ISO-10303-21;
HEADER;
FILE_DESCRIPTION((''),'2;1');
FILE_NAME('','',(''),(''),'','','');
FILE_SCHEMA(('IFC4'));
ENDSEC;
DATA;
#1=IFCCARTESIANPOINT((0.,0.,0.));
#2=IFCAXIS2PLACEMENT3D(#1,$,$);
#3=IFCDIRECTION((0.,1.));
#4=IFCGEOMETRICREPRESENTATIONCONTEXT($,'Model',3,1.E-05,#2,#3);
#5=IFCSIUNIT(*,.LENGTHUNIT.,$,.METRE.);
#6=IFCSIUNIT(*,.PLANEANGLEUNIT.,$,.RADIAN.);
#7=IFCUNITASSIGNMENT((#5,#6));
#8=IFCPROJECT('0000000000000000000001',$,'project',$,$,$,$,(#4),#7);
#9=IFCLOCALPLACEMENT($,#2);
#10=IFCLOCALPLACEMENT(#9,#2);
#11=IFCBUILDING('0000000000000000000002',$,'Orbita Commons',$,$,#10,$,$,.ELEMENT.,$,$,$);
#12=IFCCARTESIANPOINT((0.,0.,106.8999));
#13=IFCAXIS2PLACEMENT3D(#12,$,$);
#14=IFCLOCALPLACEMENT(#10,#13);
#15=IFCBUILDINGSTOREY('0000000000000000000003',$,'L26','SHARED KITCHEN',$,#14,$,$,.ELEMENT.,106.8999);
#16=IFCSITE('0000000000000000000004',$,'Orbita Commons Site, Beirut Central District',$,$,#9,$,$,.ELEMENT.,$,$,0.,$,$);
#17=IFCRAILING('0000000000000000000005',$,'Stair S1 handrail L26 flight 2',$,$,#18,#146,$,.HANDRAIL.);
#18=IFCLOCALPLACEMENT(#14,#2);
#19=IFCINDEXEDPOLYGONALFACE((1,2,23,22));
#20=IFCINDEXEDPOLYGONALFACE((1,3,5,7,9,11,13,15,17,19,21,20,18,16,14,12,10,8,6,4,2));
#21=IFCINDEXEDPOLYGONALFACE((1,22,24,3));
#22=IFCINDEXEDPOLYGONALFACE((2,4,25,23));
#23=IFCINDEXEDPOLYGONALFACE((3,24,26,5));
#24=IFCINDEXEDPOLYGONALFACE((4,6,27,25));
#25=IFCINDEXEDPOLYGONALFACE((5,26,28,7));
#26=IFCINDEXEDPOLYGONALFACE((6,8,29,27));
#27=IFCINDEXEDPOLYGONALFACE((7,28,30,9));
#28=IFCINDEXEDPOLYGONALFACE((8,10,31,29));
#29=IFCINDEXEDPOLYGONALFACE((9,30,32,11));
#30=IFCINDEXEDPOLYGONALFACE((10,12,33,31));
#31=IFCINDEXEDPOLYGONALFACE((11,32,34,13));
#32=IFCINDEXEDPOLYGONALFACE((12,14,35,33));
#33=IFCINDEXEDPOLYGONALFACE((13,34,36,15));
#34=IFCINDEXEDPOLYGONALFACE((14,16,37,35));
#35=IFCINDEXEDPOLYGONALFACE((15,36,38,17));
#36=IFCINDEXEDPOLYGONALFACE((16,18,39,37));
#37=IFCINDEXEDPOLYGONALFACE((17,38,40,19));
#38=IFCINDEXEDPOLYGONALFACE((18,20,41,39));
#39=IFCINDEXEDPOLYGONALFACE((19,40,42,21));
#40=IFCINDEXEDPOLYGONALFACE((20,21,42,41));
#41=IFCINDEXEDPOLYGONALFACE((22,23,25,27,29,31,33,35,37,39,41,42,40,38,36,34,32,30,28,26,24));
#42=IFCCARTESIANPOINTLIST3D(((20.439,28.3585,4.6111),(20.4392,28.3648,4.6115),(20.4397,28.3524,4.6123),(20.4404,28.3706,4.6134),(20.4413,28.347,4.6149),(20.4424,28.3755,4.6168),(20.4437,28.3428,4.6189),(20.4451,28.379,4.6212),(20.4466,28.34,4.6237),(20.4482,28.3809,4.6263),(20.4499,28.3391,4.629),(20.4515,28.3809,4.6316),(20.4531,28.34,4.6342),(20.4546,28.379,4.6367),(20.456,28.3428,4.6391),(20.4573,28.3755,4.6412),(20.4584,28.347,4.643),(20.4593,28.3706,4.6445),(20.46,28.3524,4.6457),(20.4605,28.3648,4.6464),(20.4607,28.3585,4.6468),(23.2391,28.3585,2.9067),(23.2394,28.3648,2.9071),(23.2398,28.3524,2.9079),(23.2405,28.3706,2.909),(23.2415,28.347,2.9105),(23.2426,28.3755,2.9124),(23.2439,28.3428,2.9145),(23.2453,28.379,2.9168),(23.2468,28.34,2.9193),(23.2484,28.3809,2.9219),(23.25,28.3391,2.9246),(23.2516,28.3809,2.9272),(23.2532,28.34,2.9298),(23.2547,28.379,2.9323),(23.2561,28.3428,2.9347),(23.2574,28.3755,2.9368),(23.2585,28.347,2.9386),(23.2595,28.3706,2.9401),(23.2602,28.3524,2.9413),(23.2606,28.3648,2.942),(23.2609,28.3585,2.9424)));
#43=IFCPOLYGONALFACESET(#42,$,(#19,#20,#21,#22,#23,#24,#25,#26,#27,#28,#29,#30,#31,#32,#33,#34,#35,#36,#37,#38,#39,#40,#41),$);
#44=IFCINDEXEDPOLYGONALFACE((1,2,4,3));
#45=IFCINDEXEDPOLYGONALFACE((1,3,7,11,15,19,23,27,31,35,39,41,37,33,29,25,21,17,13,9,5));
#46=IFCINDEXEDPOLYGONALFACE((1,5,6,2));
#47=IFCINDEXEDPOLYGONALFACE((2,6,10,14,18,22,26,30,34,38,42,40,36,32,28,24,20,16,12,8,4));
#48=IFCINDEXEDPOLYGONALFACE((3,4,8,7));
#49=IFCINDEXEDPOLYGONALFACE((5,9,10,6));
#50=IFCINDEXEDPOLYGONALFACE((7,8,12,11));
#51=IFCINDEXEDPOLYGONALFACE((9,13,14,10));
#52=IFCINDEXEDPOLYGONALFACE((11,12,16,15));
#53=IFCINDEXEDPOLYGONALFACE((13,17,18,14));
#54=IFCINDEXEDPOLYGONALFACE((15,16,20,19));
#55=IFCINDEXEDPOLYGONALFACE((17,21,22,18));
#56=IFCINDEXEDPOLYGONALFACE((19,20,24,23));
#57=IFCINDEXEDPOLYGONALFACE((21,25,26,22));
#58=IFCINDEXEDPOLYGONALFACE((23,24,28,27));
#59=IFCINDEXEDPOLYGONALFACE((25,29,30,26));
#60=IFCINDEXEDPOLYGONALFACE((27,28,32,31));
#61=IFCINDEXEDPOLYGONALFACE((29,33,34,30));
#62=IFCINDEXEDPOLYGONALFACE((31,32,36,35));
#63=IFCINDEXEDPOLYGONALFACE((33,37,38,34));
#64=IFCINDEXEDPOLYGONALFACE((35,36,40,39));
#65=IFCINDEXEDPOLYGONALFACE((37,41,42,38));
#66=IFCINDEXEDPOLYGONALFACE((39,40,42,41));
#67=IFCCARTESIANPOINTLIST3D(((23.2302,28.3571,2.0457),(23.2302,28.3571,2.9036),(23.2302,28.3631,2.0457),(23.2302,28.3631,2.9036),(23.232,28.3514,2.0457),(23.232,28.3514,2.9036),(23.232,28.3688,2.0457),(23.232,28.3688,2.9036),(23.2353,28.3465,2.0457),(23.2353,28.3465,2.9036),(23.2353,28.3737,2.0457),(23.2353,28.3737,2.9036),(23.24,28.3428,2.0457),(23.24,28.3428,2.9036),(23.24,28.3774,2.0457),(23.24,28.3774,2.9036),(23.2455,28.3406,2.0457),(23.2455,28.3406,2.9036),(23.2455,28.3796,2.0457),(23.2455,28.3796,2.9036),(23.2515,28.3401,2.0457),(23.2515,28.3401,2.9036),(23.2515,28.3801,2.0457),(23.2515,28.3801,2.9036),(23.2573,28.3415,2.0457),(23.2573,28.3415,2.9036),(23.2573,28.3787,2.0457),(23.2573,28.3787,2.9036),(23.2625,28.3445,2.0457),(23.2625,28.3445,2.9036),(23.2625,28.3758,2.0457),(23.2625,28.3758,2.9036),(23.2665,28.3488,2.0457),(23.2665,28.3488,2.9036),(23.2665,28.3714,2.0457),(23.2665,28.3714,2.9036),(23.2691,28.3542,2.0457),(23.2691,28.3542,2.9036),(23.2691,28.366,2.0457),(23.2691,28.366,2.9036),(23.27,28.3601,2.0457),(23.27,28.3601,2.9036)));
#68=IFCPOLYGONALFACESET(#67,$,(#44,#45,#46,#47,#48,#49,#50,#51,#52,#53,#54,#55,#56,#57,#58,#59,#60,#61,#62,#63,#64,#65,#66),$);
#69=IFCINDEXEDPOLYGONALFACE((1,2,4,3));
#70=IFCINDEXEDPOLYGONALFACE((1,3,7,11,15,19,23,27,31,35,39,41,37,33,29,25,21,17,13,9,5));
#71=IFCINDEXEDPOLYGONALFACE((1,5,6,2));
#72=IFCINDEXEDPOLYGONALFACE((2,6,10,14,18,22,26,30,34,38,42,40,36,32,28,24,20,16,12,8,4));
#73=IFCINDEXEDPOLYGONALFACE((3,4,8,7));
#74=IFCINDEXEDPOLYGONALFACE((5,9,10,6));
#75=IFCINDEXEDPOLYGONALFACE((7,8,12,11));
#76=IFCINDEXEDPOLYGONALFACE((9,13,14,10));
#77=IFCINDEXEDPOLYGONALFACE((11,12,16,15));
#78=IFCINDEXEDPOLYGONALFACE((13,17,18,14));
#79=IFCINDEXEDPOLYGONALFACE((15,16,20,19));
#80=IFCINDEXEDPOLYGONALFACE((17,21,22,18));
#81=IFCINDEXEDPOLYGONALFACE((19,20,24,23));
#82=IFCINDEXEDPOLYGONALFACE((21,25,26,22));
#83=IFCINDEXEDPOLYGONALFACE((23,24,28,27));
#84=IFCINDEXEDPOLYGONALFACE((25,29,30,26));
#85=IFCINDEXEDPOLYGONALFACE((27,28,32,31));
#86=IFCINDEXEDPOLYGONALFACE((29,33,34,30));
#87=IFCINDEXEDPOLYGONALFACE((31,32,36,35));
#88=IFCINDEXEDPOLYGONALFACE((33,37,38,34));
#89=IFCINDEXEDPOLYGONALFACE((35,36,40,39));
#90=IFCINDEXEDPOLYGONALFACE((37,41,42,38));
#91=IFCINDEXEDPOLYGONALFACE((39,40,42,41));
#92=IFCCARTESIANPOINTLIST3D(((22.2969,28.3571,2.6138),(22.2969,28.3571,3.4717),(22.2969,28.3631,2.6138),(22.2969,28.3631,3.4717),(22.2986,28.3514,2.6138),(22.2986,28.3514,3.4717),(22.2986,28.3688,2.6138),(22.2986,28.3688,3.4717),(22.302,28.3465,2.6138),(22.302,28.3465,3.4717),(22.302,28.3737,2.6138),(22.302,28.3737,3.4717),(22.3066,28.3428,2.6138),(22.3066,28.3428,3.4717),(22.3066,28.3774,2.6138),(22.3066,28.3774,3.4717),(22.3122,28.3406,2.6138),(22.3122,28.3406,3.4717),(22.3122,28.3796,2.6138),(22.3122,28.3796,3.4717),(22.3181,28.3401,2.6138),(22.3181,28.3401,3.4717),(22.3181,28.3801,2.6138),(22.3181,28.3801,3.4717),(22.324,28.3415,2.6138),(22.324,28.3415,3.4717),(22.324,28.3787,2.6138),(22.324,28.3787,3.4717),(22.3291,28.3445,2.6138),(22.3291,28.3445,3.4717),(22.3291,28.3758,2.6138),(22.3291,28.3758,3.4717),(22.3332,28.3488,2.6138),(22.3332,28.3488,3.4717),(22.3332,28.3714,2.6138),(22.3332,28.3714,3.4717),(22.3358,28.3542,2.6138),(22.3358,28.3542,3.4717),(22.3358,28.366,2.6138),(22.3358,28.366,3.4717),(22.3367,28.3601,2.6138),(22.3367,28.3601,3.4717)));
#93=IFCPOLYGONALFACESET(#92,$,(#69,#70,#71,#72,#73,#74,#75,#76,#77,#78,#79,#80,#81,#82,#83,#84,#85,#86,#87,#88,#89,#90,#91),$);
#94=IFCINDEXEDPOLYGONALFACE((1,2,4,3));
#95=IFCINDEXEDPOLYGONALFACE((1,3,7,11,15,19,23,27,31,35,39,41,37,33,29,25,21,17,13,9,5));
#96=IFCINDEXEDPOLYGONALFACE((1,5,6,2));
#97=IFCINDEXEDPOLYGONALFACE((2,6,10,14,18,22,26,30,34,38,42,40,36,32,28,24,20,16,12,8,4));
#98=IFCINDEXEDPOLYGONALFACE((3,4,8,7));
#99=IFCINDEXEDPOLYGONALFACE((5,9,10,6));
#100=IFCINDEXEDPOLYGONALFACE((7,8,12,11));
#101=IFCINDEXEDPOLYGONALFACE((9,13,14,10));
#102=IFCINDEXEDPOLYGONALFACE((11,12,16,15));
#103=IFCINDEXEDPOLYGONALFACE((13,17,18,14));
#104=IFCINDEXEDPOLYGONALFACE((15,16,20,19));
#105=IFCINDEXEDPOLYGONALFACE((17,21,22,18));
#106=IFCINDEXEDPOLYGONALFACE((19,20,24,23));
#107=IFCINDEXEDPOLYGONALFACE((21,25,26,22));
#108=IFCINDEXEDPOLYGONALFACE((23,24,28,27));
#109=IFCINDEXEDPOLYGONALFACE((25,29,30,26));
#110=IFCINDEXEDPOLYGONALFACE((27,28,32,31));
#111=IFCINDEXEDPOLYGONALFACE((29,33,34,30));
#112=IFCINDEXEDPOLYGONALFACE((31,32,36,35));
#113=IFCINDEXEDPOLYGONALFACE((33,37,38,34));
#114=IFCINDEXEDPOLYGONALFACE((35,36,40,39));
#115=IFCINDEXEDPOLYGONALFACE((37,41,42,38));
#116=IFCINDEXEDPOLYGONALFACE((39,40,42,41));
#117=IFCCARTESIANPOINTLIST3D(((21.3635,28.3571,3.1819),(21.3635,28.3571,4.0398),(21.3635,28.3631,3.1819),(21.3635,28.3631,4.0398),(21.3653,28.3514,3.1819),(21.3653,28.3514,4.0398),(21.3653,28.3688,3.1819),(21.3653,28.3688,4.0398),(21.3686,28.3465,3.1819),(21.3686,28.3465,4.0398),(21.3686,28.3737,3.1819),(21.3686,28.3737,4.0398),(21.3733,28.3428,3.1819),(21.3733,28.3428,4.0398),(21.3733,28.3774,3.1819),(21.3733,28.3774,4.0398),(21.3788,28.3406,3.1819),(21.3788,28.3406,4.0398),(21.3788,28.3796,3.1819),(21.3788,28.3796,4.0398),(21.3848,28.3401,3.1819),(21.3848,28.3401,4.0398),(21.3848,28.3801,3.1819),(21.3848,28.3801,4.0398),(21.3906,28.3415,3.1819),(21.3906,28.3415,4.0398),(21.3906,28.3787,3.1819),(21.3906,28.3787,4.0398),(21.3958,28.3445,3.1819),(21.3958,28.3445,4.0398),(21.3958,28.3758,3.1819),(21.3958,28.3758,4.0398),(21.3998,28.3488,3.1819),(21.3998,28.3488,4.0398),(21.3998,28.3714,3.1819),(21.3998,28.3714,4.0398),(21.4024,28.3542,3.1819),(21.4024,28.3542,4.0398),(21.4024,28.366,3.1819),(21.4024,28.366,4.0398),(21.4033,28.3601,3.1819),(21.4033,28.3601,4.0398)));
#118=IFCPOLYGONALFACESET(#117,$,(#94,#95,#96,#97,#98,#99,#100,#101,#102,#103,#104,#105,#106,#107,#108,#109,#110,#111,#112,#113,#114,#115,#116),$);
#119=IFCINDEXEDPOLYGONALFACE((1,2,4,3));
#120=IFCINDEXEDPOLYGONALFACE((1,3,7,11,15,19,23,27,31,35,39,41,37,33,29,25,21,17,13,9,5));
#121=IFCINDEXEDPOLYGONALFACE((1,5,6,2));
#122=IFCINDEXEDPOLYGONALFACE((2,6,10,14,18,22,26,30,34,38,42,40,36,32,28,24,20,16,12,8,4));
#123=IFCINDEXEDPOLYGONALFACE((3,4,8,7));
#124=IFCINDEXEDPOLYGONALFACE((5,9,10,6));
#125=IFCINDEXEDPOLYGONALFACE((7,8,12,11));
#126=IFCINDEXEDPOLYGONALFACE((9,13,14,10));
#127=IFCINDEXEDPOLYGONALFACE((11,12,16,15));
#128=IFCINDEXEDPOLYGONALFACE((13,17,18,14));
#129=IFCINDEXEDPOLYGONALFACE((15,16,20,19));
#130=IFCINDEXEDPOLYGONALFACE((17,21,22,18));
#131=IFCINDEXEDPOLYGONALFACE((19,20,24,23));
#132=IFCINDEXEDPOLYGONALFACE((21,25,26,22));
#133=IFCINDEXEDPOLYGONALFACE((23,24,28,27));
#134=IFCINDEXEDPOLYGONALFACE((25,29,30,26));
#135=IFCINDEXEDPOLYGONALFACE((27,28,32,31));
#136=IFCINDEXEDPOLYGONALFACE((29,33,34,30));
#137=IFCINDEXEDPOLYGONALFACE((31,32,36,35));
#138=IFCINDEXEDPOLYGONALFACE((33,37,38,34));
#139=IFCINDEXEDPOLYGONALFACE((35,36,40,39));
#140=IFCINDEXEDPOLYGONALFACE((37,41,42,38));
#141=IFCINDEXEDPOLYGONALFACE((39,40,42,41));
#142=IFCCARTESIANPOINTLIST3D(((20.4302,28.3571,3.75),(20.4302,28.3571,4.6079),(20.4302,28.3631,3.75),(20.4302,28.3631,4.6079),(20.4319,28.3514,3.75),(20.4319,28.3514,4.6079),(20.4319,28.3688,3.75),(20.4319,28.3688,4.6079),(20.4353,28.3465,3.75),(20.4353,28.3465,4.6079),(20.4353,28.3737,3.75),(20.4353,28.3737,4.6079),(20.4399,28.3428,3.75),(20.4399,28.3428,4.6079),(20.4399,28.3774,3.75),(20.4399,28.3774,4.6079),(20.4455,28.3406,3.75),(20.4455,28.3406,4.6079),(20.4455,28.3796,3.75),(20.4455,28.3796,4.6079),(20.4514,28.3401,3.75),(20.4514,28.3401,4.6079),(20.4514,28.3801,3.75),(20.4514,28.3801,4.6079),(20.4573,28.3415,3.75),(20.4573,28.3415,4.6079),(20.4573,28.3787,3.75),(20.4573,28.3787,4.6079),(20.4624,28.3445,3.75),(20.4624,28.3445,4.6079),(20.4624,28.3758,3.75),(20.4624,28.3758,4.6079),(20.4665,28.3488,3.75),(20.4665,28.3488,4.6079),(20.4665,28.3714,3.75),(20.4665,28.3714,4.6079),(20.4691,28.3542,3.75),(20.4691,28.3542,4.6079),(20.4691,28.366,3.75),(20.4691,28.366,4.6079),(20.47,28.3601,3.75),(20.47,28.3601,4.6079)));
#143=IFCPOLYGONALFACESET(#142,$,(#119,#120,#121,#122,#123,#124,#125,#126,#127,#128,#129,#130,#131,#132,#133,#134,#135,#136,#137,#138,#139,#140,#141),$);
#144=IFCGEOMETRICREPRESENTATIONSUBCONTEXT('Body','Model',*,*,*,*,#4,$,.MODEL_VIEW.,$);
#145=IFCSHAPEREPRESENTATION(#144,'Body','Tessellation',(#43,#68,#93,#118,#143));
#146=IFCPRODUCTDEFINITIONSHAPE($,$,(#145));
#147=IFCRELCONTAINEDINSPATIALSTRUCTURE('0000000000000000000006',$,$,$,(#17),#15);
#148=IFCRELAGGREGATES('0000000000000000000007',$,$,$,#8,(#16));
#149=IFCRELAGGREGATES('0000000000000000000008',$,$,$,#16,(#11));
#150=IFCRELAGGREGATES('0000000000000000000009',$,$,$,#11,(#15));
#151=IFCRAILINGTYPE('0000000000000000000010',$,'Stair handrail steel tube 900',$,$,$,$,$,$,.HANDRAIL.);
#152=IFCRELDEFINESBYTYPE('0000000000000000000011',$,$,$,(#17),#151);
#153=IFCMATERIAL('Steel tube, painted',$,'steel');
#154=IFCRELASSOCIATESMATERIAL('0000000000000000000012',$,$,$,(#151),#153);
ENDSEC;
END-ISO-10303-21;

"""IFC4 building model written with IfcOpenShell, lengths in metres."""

from ifc_helpers import new_model, si_unit, direction, frame, origin, origin_2d, place, context, subcontext, project, spatial, circle, extrude, material, type_object, element, save


model = new_model("IFC4")

# Units and contexts
model_context = context("Model", 3, precision=1e-05, world=origin(), true_north=direction((0.0, 1.0)))
body_context = subcontext(model_context, "Body", "Model", "MODEL_VIEW")
ifc_project = project(units=[si_unit("LENGTHUNIT", "METRE"), si_unit("PLANEANGLEUNIT", "RADIAN")], contexts=[model_context])

# Site, building, storey
site_placement = place(None, origin())
site = spatial("IfcSite", under=ifc_project, at=site_placement, Name="Orbita Commons Site, Beirut Central District", CompositionType="ELEMENT", RefElevation=0.0)
building_placement = place(site_placement, origin())
building = spatial("IfcBuilding", under=site, at=building_placement, Name="Orbita Commons", CompositionType="ELEMENT")
storey_placement = place(building_placement, frame((0.0, 0.0, 106.8999)))
storey = spatial("IfcBuildingStorey", under=building, at=storey_placement, Name="L26", Description="SHARED KITCHEN", CompositionType="ELEMENT", Elevation=106.8999)

# Railing
ifc_material = material(Name="Steel tube, painted", Category="steel")
railing_type = type_object("IfcRailingType", Name="Stair handrail steel tube 900", PredefinedType="HANDRAIL", material=ifc_material)
for number, where, name in (
    (1, (23.25, 28.3601, 2.0457), "Stair S1 handrail L26 flight 2"),
):
    element("IfcRailing", number, at=place(storey_placement, frame(where)), inside=storey, type_object=railing_type, Name=name, PredefinedType="HANDRAIL", context=body_context, shape_type="SweptSolid", body=[
        extrude(circle(Radius=0.021, at=origin_2d()), frame((0.0, 0.0, 0.8789), z_axis=(-0.854203, 0.0, 0.51994), x_axis=(0.0, -1.0, 0.0)), (0.0, 0.0, 1.0), 3.2781),
        extrude(circle(Radius=0.02, at=origin_2d()), origin(), (0.0, 0.0, 1.0), 0.8579),
        extrude(circle(Radius=0.02, at=origin_2d()), frame((-0.9333, 0.0, 0.5681)), (0.0, 0.0, 1.0), 0.8579),
        extrude(circle(Radius=0.02, at=origin_2d()), frame((-1.8667, 0.0, 1.1362)), (0.0, 0.0, 1.0), 0.8579),
        extrude(circle(Radius=0.02, at=origin_2d()), frame((-2.8, 0.0, 1.7043)), (0.0, 0.0, 1.0), 0.8579),
    ])

save(model, "model.ifc")
